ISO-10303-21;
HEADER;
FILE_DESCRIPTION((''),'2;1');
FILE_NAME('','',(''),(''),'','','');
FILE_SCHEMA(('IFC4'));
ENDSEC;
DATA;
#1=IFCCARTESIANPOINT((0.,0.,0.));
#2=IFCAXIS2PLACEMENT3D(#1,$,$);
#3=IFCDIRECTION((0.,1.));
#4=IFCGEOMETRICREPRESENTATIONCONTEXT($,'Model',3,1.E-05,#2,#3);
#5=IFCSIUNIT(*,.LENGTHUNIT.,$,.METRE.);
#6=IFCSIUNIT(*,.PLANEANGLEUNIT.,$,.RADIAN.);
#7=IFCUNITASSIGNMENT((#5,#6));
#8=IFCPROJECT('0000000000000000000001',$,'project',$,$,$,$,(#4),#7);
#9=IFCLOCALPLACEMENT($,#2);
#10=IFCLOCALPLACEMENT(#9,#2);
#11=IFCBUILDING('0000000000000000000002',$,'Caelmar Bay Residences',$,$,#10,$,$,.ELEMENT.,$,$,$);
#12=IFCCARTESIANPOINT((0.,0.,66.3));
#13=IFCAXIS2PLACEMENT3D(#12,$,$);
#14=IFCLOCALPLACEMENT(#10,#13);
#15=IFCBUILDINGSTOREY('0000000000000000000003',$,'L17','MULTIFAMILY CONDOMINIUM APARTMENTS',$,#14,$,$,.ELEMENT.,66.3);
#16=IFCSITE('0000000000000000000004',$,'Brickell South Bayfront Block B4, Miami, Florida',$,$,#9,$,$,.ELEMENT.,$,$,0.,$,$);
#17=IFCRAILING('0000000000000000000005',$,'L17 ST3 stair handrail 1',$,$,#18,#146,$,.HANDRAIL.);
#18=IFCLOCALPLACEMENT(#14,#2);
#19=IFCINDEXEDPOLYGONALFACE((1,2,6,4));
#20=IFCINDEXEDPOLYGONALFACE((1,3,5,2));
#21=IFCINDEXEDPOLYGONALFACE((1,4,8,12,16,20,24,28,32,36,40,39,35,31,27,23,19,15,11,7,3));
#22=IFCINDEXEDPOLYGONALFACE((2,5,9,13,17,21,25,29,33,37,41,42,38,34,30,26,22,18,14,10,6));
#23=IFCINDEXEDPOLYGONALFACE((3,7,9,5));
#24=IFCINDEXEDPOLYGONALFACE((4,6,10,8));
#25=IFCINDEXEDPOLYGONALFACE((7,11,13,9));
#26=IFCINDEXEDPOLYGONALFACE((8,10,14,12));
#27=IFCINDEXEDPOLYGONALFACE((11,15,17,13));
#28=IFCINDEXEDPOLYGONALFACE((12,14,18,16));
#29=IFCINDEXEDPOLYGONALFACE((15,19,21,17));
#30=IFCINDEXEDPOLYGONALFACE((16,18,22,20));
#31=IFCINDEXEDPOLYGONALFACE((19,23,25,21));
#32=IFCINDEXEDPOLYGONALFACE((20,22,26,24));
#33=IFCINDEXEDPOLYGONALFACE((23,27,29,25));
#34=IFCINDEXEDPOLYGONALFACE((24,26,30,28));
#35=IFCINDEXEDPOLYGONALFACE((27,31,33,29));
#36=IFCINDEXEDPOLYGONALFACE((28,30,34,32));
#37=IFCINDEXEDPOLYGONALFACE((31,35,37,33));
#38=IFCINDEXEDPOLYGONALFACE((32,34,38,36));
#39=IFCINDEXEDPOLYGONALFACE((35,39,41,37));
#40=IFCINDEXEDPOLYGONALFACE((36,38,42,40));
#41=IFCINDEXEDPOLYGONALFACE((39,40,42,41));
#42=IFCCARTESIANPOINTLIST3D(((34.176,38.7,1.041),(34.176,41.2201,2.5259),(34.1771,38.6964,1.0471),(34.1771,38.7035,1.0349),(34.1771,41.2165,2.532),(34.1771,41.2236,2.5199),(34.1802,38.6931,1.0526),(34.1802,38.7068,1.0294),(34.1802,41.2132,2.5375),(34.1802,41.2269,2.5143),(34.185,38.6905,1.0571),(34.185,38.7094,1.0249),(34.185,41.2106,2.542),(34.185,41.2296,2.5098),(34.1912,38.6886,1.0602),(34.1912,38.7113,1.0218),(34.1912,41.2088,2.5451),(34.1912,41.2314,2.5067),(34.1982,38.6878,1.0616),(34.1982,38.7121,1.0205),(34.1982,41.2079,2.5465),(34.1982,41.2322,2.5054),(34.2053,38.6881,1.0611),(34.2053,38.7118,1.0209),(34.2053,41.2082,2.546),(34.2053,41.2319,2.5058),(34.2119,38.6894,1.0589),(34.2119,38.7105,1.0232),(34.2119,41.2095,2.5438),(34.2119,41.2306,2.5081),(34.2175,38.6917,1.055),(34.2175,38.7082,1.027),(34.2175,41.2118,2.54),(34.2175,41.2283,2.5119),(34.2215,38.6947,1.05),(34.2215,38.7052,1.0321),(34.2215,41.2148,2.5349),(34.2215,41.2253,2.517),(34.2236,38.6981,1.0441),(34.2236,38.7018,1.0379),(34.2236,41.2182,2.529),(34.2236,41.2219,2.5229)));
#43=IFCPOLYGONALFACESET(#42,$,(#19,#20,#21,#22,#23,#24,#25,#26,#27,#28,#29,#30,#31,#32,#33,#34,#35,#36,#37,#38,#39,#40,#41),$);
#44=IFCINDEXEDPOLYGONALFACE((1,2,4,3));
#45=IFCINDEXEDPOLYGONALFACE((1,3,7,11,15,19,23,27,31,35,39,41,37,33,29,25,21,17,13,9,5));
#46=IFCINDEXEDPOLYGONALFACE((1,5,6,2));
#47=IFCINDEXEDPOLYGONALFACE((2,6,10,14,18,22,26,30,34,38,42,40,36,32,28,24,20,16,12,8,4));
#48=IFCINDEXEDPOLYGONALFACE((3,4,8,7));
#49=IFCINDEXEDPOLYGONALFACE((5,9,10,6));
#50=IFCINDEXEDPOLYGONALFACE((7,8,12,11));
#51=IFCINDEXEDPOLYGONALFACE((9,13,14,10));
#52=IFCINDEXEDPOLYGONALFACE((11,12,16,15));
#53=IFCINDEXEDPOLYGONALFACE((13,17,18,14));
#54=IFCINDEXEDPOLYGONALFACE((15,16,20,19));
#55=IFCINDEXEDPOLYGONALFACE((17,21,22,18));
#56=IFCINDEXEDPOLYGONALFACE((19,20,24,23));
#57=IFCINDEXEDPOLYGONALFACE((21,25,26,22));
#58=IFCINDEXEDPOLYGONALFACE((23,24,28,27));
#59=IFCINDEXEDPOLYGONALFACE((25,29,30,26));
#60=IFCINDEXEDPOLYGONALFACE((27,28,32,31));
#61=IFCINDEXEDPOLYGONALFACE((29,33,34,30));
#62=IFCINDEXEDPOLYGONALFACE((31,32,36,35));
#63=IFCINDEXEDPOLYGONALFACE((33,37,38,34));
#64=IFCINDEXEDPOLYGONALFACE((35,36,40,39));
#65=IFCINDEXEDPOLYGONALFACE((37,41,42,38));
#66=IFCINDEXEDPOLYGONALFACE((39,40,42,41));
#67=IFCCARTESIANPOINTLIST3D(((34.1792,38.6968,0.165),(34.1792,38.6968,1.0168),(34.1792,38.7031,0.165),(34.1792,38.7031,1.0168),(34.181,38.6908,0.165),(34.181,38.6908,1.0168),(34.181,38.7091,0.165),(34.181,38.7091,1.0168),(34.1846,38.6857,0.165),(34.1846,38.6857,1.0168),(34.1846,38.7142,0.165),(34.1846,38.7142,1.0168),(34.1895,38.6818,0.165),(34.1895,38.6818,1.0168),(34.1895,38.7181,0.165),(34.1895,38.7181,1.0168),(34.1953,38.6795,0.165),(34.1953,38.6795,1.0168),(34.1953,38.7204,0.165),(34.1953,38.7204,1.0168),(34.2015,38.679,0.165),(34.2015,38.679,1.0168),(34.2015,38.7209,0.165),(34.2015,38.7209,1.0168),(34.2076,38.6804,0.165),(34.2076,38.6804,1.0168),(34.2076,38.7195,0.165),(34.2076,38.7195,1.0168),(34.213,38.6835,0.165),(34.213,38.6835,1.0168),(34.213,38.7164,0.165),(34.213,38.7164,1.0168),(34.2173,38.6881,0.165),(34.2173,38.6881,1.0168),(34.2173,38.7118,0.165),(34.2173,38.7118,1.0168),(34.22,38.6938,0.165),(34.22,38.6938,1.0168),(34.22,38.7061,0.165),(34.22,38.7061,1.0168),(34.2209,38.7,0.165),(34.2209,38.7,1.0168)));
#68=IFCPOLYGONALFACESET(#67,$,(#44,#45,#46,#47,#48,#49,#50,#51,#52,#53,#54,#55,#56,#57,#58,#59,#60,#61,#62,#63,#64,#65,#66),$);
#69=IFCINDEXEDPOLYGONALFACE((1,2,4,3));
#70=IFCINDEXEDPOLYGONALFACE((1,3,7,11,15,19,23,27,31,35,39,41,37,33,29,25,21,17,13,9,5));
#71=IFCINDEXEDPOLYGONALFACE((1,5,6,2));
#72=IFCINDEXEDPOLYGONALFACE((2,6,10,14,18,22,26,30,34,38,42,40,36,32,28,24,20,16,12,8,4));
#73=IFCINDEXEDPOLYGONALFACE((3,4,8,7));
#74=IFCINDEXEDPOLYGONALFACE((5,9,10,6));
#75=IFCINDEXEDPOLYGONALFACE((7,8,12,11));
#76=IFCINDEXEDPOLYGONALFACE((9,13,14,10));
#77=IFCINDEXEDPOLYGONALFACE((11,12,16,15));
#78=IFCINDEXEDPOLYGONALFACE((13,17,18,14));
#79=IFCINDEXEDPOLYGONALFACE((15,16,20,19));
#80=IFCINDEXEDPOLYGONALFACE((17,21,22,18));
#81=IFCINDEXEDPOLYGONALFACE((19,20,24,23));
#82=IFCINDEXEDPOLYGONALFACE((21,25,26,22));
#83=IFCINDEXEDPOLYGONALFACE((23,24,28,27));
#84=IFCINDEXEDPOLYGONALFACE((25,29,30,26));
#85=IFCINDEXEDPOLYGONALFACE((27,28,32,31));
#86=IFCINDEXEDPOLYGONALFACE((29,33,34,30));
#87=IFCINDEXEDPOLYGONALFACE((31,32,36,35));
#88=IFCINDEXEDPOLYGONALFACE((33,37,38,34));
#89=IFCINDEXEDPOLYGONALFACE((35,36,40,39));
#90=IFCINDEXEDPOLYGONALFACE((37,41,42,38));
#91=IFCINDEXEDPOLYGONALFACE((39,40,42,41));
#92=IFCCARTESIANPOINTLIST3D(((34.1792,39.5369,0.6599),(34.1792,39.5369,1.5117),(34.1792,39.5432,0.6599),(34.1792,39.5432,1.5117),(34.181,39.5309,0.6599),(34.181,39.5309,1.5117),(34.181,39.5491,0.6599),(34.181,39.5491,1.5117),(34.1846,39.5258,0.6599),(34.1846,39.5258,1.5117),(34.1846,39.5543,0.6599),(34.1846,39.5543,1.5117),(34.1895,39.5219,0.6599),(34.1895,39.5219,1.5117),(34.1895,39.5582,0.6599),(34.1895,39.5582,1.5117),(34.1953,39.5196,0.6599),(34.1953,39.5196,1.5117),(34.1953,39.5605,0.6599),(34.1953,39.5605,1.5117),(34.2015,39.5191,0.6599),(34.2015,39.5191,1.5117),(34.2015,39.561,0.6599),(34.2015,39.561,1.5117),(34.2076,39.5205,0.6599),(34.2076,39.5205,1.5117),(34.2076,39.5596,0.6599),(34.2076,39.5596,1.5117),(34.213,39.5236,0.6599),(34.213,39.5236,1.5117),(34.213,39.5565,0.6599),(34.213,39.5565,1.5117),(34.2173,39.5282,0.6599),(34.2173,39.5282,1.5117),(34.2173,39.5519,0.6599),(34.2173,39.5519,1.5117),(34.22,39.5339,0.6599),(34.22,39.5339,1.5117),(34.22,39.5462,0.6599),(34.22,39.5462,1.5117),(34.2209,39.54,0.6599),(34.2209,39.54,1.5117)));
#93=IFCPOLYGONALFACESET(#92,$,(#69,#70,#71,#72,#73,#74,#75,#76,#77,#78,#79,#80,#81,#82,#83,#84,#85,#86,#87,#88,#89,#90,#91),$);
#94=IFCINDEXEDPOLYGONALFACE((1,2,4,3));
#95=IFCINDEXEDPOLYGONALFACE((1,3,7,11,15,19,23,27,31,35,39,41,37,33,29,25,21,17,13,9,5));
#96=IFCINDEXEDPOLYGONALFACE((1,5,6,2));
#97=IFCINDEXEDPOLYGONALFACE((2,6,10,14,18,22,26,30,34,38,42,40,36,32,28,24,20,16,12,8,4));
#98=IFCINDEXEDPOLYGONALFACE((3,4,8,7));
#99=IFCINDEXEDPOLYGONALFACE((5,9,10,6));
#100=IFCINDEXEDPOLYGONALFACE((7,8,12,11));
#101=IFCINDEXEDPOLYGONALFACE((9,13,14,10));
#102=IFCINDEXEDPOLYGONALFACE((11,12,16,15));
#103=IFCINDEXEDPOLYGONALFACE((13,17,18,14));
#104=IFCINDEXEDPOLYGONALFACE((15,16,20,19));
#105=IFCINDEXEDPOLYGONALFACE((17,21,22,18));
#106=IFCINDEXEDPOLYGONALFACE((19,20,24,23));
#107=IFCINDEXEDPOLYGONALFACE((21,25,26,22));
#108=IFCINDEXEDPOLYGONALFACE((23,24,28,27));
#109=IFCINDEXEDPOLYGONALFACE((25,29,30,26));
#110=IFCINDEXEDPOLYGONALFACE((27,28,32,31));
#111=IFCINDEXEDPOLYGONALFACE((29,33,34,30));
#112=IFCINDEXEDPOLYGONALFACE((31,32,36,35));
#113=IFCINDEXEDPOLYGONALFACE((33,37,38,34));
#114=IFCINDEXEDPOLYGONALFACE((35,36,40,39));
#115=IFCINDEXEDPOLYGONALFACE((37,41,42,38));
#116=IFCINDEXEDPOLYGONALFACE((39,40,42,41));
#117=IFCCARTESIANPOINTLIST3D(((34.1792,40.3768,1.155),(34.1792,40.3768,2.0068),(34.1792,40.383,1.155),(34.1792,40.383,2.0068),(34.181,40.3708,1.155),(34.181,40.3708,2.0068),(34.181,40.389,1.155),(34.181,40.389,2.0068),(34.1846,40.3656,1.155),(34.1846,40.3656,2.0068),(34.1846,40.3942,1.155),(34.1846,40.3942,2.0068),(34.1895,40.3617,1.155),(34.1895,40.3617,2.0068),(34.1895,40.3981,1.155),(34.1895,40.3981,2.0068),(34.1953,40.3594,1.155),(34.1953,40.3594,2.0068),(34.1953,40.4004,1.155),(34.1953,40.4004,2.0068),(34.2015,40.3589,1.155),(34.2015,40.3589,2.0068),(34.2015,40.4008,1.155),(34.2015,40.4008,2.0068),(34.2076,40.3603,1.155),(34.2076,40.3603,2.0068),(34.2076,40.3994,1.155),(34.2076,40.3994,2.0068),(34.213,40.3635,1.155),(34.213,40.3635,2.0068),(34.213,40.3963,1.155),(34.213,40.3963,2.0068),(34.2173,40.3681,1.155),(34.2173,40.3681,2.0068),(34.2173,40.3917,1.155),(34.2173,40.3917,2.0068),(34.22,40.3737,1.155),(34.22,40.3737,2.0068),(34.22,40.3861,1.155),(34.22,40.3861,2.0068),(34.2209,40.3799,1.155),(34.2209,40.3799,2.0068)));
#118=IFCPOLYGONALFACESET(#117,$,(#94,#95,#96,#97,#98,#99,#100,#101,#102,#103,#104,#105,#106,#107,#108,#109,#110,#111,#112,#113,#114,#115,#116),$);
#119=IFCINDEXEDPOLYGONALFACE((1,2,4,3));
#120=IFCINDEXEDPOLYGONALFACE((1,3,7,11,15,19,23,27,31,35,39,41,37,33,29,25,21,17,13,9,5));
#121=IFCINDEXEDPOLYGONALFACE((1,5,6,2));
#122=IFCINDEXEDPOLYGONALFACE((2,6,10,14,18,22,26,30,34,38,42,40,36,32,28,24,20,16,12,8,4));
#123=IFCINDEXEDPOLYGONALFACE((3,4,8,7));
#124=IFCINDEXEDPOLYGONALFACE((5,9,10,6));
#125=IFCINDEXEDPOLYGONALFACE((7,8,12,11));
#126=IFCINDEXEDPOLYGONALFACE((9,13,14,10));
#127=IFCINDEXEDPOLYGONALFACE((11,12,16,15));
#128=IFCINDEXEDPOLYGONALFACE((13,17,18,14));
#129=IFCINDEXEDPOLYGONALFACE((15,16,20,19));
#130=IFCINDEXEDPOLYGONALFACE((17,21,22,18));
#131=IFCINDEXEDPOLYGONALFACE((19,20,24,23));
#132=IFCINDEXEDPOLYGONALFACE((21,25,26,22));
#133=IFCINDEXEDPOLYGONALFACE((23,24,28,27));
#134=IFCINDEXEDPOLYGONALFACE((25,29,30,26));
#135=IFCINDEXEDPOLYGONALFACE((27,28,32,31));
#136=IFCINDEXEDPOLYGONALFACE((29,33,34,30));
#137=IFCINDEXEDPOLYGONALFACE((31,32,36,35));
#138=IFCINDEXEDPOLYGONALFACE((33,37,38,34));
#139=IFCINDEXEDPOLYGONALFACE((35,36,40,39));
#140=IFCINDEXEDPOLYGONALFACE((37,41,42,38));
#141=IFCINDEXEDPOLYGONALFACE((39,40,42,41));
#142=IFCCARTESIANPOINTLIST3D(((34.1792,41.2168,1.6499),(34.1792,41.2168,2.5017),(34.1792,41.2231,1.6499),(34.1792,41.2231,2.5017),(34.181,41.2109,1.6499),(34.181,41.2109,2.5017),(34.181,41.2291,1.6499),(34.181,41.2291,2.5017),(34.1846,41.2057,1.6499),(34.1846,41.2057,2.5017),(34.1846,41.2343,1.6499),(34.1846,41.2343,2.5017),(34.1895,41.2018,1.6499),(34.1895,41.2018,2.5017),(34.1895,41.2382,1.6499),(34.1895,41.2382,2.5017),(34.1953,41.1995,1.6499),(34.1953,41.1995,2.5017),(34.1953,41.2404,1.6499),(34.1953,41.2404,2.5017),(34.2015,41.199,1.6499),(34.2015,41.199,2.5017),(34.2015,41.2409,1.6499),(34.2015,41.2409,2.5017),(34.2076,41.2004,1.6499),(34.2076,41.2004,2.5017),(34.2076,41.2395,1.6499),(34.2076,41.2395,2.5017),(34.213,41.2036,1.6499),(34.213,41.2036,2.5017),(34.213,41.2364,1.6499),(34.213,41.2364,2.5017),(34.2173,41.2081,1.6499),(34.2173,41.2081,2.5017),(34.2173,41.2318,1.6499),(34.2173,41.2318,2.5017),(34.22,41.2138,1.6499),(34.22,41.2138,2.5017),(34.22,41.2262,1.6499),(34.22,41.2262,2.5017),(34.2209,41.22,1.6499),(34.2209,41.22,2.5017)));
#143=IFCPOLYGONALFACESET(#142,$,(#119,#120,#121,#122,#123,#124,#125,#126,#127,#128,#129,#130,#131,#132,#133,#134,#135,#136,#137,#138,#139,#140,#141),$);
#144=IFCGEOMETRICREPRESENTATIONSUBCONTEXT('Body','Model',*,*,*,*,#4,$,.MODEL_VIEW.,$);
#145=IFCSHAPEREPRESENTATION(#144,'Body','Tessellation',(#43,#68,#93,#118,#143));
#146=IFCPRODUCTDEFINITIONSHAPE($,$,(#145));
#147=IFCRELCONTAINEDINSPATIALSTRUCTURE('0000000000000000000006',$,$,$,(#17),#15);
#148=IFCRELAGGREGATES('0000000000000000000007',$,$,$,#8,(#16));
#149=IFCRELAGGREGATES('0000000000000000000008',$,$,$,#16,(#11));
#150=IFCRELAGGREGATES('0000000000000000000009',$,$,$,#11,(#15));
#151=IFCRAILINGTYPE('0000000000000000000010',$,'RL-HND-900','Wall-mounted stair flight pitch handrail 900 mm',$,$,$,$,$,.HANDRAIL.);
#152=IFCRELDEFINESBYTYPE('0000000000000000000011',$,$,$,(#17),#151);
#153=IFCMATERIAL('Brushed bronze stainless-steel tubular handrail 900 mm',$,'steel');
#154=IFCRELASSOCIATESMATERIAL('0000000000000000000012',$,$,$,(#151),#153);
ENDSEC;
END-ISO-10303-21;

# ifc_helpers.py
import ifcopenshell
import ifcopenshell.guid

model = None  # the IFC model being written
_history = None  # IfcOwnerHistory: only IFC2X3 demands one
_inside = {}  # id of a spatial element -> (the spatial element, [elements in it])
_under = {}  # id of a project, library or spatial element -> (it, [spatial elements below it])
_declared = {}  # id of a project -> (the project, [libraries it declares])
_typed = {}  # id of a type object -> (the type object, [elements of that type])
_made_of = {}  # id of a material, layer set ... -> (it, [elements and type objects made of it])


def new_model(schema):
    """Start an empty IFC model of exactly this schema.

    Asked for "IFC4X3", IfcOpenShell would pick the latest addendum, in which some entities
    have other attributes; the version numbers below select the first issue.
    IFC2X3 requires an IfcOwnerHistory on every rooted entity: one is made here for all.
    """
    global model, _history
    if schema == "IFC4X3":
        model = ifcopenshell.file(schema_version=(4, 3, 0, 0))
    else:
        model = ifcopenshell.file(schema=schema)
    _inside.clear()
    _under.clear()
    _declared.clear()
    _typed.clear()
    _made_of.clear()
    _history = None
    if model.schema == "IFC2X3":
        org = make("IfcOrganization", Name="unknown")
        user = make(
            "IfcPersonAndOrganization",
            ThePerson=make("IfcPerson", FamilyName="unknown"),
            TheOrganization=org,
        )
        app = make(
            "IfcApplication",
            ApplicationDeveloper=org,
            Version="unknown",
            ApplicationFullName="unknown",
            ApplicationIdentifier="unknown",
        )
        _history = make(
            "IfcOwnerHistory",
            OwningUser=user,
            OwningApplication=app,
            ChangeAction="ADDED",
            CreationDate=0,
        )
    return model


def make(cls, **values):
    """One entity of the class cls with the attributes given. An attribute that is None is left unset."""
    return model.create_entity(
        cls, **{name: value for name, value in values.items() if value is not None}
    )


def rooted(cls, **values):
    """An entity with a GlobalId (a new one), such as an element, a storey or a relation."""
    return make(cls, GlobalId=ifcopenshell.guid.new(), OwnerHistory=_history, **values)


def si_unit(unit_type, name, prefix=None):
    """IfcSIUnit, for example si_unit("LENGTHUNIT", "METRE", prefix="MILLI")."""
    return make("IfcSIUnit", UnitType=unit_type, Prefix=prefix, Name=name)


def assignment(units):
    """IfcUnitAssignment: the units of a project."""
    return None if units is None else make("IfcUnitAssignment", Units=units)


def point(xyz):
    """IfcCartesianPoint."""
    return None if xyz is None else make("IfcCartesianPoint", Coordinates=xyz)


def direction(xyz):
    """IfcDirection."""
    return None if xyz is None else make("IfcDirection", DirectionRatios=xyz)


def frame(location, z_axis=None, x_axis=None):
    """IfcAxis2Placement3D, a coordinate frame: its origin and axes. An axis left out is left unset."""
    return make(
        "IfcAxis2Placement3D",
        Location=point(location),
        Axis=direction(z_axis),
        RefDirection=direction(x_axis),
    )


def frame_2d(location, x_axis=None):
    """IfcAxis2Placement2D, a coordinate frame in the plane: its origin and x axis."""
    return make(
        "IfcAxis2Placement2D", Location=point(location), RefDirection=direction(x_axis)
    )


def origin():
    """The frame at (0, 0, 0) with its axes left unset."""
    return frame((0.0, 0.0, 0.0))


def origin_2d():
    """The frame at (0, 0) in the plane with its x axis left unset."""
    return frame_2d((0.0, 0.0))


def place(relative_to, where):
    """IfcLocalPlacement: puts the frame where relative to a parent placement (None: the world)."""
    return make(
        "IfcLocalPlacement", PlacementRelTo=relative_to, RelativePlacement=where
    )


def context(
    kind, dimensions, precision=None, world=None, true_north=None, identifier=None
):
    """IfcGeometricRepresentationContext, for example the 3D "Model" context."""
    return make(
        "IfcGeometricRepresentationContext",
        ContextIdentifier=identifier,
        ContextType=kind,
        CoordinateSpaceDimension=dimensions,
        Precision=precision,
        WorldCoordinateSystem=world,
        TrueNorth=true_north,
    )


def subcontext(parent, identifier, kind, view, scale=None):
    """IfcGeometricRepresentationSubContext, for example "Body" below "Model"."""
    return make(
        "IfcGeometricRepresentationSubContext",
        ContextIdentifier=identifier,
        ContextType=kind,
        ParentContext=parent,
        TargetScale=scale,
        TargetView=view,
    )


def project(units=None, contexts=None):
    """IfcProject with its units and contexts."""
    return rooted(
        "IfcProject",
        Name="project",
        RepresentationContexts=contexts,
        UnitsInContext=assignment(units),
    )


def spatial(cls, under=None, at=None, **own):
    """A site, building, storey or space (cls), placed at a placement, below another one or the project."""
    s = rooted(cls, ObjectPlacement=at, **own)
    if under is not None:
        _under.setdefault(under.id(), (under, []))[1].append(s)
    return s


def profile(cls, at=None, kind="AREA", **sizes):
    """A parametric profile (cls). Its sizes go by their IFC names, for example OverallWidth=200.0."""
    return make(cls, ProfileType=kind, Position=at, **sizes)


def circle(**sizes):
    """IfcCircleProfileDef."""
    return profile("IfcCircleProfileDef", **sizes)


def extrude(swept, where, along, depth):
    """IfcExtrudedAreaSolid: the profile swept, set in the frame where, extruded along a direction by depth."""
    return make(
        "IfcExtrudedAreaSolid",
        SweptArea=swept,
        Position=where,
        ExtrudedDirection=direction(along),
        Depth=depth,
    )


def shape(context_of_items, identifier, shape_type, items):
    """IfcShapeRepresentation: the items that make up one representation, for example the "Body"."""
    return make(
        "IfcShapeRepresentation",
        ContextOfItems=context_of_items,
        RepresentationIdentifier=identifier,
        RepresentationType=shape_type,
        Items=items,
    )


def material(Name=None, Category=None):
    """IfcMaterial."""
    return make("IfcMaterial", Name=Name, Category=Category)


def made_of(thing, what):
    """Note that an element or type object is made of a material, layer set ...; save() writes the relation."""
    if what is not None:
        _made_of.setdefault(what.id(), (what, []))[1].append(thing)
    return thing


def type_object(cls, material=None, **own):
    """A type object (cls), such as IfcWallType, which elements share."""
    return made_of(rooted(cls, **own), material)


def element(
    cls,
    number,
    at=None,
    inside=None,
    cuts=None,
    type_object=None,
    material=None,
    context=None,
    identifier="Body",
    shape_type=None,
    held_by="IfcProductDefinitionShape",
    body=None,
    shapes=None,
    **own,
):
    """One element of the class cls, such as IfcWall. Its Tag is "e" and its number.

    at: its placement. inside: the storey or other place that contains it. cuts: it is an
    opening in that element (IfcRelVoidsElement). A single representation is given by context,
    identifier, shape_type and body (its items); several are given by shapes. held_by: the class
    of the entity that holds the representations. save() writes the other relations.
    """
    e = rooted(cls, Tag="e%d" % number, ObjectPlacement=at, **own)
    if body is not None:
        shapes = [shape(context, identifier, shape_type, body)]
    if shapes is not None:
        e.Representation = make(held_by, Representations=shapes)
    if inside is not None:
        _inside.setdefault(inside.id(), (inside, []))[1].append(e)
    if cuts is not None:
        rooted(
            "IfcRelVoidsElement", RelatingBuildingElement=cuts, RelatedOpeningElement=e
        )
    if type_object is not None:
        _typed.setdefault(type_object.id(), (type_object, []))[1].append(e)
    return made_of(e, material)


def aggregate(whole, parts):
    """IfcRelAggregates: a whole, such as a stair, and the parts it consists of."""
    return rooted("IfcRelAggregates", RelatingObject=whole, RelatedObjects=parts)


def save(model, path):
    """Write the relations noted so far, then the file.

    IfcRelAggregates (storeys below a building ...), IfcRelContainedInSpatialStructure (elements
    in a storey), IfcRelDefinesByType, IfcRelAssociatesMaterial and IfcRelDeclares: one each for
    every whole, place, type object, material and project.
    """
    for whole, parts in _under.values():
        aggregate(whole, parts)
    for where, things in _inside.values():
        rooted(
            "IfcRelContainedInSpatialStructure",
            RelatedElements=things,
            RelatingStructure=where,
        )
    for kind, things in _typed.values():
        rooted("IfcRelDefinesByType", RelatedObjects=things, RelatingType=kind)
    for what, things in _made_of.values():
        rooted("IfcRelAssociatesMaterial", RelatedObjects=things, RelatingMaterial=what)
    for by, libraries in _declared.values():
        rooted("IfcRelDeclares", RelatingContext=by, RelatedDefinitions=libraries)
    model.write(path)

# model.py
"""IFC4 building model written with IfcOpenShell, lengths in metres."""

from ifc_helpers import new_model, si_unit, direction, frame, origin, origin_2d, place, context, subcontext, project, spatial, circle, extrude, material, type_object, element, save


model = new_model("IFC4")

# Units and contexts
model_context = context("Model", 3, precision=1e-05, world=origin(), true_north=direction((0.0, 1.0)))
body_context = subcontext(model_context, "Body", "Model", "MODEL_VIEW")
ifc_project = project(units=[si_unit("LENGTHUNIT", "METRE"), si_unit("PLANEANGLEUNIT", "RADIAN")], contexts=[model_context])

# Site, building, storey
site_placement = place(None, origin())
site = spatial("IfcSite", under=ifc_project, at=site_placement, Name="Brickell South Bayfront Block B4, Miami, Florida", CompositionType="ELEMENT", RefElevation=0.0)
building_placement = place(site_placement, origin())
building = spatial("IfcBuilding", under=site, at=building_placement, Name="Caelmar Bay Residences", CompositionType="ELEMENT")
storey_placement = place(building_placement, frame((0.0, 0.0, 66.3)))
storey = spatial("IfcBuildingStorey", under=building, at=storey_placement, Name="L17", Description="MULTIFAMILY CONDOMINIUM APARTMENTS", CompositionType="ELEMENT", Elevation=66.3)

# Railing
ifc_material_1 = material(Name="Brushed bronze stainless-steel tubular handrail 900 mm", Category="steel")
railing_type_1 = type_object("IfcRailingType", Name="RL-HND-900", Description="Wall-mounted stair flight pitch handrail 900 mm", PredefinedType="HANDRAIL", material=ifc_material_1)
for number, where, name in (
    (1, (34.2, 38.7, 0.165), "L17 ST3 stair handrail 1"),
):
    element("IfcRailing", number, at=place(storey_placement, frame(where)), inside=storey, type_object=railing_type_1, Name=name, PredefinedType="HANDRAIL", context=body_context, shape_type="SweptSolid", body=[
        extrude(circle(Radius=0.0239, at=origin_2d()), frame((0.0, 0.0, 0.876), z_axis=(0.0, 0.861561, 0.507655), x_axis=(-1.0, 0.0, 0.0)), (0.0, 0.0, 1.0), 2.925),
        extrude(circle(Radius=0.021, at=origin_2d()), origin(), (0.0, 0.0, 1.0), 0.8518),
        extrude(circle(Radius=0.021, at=origin_2d()), frame((0.0, 0.8401, 0.4949)), (0.0, 0.0, 1.0), 0.8518),
        extrude(circle(Radius=0.021, at=origin_2d()), frame((0.0, 1.6799, 0.99)), (0.0, 0.0, 1.0), 0.8518),
        extrude(circle(Radius=0.021, at=origin_2d()), frame((0.0, 2.52, 1.4849)), (0.0, 0.0, 1.0), 0.8518),
    ])

save(model, "model.ifc")
